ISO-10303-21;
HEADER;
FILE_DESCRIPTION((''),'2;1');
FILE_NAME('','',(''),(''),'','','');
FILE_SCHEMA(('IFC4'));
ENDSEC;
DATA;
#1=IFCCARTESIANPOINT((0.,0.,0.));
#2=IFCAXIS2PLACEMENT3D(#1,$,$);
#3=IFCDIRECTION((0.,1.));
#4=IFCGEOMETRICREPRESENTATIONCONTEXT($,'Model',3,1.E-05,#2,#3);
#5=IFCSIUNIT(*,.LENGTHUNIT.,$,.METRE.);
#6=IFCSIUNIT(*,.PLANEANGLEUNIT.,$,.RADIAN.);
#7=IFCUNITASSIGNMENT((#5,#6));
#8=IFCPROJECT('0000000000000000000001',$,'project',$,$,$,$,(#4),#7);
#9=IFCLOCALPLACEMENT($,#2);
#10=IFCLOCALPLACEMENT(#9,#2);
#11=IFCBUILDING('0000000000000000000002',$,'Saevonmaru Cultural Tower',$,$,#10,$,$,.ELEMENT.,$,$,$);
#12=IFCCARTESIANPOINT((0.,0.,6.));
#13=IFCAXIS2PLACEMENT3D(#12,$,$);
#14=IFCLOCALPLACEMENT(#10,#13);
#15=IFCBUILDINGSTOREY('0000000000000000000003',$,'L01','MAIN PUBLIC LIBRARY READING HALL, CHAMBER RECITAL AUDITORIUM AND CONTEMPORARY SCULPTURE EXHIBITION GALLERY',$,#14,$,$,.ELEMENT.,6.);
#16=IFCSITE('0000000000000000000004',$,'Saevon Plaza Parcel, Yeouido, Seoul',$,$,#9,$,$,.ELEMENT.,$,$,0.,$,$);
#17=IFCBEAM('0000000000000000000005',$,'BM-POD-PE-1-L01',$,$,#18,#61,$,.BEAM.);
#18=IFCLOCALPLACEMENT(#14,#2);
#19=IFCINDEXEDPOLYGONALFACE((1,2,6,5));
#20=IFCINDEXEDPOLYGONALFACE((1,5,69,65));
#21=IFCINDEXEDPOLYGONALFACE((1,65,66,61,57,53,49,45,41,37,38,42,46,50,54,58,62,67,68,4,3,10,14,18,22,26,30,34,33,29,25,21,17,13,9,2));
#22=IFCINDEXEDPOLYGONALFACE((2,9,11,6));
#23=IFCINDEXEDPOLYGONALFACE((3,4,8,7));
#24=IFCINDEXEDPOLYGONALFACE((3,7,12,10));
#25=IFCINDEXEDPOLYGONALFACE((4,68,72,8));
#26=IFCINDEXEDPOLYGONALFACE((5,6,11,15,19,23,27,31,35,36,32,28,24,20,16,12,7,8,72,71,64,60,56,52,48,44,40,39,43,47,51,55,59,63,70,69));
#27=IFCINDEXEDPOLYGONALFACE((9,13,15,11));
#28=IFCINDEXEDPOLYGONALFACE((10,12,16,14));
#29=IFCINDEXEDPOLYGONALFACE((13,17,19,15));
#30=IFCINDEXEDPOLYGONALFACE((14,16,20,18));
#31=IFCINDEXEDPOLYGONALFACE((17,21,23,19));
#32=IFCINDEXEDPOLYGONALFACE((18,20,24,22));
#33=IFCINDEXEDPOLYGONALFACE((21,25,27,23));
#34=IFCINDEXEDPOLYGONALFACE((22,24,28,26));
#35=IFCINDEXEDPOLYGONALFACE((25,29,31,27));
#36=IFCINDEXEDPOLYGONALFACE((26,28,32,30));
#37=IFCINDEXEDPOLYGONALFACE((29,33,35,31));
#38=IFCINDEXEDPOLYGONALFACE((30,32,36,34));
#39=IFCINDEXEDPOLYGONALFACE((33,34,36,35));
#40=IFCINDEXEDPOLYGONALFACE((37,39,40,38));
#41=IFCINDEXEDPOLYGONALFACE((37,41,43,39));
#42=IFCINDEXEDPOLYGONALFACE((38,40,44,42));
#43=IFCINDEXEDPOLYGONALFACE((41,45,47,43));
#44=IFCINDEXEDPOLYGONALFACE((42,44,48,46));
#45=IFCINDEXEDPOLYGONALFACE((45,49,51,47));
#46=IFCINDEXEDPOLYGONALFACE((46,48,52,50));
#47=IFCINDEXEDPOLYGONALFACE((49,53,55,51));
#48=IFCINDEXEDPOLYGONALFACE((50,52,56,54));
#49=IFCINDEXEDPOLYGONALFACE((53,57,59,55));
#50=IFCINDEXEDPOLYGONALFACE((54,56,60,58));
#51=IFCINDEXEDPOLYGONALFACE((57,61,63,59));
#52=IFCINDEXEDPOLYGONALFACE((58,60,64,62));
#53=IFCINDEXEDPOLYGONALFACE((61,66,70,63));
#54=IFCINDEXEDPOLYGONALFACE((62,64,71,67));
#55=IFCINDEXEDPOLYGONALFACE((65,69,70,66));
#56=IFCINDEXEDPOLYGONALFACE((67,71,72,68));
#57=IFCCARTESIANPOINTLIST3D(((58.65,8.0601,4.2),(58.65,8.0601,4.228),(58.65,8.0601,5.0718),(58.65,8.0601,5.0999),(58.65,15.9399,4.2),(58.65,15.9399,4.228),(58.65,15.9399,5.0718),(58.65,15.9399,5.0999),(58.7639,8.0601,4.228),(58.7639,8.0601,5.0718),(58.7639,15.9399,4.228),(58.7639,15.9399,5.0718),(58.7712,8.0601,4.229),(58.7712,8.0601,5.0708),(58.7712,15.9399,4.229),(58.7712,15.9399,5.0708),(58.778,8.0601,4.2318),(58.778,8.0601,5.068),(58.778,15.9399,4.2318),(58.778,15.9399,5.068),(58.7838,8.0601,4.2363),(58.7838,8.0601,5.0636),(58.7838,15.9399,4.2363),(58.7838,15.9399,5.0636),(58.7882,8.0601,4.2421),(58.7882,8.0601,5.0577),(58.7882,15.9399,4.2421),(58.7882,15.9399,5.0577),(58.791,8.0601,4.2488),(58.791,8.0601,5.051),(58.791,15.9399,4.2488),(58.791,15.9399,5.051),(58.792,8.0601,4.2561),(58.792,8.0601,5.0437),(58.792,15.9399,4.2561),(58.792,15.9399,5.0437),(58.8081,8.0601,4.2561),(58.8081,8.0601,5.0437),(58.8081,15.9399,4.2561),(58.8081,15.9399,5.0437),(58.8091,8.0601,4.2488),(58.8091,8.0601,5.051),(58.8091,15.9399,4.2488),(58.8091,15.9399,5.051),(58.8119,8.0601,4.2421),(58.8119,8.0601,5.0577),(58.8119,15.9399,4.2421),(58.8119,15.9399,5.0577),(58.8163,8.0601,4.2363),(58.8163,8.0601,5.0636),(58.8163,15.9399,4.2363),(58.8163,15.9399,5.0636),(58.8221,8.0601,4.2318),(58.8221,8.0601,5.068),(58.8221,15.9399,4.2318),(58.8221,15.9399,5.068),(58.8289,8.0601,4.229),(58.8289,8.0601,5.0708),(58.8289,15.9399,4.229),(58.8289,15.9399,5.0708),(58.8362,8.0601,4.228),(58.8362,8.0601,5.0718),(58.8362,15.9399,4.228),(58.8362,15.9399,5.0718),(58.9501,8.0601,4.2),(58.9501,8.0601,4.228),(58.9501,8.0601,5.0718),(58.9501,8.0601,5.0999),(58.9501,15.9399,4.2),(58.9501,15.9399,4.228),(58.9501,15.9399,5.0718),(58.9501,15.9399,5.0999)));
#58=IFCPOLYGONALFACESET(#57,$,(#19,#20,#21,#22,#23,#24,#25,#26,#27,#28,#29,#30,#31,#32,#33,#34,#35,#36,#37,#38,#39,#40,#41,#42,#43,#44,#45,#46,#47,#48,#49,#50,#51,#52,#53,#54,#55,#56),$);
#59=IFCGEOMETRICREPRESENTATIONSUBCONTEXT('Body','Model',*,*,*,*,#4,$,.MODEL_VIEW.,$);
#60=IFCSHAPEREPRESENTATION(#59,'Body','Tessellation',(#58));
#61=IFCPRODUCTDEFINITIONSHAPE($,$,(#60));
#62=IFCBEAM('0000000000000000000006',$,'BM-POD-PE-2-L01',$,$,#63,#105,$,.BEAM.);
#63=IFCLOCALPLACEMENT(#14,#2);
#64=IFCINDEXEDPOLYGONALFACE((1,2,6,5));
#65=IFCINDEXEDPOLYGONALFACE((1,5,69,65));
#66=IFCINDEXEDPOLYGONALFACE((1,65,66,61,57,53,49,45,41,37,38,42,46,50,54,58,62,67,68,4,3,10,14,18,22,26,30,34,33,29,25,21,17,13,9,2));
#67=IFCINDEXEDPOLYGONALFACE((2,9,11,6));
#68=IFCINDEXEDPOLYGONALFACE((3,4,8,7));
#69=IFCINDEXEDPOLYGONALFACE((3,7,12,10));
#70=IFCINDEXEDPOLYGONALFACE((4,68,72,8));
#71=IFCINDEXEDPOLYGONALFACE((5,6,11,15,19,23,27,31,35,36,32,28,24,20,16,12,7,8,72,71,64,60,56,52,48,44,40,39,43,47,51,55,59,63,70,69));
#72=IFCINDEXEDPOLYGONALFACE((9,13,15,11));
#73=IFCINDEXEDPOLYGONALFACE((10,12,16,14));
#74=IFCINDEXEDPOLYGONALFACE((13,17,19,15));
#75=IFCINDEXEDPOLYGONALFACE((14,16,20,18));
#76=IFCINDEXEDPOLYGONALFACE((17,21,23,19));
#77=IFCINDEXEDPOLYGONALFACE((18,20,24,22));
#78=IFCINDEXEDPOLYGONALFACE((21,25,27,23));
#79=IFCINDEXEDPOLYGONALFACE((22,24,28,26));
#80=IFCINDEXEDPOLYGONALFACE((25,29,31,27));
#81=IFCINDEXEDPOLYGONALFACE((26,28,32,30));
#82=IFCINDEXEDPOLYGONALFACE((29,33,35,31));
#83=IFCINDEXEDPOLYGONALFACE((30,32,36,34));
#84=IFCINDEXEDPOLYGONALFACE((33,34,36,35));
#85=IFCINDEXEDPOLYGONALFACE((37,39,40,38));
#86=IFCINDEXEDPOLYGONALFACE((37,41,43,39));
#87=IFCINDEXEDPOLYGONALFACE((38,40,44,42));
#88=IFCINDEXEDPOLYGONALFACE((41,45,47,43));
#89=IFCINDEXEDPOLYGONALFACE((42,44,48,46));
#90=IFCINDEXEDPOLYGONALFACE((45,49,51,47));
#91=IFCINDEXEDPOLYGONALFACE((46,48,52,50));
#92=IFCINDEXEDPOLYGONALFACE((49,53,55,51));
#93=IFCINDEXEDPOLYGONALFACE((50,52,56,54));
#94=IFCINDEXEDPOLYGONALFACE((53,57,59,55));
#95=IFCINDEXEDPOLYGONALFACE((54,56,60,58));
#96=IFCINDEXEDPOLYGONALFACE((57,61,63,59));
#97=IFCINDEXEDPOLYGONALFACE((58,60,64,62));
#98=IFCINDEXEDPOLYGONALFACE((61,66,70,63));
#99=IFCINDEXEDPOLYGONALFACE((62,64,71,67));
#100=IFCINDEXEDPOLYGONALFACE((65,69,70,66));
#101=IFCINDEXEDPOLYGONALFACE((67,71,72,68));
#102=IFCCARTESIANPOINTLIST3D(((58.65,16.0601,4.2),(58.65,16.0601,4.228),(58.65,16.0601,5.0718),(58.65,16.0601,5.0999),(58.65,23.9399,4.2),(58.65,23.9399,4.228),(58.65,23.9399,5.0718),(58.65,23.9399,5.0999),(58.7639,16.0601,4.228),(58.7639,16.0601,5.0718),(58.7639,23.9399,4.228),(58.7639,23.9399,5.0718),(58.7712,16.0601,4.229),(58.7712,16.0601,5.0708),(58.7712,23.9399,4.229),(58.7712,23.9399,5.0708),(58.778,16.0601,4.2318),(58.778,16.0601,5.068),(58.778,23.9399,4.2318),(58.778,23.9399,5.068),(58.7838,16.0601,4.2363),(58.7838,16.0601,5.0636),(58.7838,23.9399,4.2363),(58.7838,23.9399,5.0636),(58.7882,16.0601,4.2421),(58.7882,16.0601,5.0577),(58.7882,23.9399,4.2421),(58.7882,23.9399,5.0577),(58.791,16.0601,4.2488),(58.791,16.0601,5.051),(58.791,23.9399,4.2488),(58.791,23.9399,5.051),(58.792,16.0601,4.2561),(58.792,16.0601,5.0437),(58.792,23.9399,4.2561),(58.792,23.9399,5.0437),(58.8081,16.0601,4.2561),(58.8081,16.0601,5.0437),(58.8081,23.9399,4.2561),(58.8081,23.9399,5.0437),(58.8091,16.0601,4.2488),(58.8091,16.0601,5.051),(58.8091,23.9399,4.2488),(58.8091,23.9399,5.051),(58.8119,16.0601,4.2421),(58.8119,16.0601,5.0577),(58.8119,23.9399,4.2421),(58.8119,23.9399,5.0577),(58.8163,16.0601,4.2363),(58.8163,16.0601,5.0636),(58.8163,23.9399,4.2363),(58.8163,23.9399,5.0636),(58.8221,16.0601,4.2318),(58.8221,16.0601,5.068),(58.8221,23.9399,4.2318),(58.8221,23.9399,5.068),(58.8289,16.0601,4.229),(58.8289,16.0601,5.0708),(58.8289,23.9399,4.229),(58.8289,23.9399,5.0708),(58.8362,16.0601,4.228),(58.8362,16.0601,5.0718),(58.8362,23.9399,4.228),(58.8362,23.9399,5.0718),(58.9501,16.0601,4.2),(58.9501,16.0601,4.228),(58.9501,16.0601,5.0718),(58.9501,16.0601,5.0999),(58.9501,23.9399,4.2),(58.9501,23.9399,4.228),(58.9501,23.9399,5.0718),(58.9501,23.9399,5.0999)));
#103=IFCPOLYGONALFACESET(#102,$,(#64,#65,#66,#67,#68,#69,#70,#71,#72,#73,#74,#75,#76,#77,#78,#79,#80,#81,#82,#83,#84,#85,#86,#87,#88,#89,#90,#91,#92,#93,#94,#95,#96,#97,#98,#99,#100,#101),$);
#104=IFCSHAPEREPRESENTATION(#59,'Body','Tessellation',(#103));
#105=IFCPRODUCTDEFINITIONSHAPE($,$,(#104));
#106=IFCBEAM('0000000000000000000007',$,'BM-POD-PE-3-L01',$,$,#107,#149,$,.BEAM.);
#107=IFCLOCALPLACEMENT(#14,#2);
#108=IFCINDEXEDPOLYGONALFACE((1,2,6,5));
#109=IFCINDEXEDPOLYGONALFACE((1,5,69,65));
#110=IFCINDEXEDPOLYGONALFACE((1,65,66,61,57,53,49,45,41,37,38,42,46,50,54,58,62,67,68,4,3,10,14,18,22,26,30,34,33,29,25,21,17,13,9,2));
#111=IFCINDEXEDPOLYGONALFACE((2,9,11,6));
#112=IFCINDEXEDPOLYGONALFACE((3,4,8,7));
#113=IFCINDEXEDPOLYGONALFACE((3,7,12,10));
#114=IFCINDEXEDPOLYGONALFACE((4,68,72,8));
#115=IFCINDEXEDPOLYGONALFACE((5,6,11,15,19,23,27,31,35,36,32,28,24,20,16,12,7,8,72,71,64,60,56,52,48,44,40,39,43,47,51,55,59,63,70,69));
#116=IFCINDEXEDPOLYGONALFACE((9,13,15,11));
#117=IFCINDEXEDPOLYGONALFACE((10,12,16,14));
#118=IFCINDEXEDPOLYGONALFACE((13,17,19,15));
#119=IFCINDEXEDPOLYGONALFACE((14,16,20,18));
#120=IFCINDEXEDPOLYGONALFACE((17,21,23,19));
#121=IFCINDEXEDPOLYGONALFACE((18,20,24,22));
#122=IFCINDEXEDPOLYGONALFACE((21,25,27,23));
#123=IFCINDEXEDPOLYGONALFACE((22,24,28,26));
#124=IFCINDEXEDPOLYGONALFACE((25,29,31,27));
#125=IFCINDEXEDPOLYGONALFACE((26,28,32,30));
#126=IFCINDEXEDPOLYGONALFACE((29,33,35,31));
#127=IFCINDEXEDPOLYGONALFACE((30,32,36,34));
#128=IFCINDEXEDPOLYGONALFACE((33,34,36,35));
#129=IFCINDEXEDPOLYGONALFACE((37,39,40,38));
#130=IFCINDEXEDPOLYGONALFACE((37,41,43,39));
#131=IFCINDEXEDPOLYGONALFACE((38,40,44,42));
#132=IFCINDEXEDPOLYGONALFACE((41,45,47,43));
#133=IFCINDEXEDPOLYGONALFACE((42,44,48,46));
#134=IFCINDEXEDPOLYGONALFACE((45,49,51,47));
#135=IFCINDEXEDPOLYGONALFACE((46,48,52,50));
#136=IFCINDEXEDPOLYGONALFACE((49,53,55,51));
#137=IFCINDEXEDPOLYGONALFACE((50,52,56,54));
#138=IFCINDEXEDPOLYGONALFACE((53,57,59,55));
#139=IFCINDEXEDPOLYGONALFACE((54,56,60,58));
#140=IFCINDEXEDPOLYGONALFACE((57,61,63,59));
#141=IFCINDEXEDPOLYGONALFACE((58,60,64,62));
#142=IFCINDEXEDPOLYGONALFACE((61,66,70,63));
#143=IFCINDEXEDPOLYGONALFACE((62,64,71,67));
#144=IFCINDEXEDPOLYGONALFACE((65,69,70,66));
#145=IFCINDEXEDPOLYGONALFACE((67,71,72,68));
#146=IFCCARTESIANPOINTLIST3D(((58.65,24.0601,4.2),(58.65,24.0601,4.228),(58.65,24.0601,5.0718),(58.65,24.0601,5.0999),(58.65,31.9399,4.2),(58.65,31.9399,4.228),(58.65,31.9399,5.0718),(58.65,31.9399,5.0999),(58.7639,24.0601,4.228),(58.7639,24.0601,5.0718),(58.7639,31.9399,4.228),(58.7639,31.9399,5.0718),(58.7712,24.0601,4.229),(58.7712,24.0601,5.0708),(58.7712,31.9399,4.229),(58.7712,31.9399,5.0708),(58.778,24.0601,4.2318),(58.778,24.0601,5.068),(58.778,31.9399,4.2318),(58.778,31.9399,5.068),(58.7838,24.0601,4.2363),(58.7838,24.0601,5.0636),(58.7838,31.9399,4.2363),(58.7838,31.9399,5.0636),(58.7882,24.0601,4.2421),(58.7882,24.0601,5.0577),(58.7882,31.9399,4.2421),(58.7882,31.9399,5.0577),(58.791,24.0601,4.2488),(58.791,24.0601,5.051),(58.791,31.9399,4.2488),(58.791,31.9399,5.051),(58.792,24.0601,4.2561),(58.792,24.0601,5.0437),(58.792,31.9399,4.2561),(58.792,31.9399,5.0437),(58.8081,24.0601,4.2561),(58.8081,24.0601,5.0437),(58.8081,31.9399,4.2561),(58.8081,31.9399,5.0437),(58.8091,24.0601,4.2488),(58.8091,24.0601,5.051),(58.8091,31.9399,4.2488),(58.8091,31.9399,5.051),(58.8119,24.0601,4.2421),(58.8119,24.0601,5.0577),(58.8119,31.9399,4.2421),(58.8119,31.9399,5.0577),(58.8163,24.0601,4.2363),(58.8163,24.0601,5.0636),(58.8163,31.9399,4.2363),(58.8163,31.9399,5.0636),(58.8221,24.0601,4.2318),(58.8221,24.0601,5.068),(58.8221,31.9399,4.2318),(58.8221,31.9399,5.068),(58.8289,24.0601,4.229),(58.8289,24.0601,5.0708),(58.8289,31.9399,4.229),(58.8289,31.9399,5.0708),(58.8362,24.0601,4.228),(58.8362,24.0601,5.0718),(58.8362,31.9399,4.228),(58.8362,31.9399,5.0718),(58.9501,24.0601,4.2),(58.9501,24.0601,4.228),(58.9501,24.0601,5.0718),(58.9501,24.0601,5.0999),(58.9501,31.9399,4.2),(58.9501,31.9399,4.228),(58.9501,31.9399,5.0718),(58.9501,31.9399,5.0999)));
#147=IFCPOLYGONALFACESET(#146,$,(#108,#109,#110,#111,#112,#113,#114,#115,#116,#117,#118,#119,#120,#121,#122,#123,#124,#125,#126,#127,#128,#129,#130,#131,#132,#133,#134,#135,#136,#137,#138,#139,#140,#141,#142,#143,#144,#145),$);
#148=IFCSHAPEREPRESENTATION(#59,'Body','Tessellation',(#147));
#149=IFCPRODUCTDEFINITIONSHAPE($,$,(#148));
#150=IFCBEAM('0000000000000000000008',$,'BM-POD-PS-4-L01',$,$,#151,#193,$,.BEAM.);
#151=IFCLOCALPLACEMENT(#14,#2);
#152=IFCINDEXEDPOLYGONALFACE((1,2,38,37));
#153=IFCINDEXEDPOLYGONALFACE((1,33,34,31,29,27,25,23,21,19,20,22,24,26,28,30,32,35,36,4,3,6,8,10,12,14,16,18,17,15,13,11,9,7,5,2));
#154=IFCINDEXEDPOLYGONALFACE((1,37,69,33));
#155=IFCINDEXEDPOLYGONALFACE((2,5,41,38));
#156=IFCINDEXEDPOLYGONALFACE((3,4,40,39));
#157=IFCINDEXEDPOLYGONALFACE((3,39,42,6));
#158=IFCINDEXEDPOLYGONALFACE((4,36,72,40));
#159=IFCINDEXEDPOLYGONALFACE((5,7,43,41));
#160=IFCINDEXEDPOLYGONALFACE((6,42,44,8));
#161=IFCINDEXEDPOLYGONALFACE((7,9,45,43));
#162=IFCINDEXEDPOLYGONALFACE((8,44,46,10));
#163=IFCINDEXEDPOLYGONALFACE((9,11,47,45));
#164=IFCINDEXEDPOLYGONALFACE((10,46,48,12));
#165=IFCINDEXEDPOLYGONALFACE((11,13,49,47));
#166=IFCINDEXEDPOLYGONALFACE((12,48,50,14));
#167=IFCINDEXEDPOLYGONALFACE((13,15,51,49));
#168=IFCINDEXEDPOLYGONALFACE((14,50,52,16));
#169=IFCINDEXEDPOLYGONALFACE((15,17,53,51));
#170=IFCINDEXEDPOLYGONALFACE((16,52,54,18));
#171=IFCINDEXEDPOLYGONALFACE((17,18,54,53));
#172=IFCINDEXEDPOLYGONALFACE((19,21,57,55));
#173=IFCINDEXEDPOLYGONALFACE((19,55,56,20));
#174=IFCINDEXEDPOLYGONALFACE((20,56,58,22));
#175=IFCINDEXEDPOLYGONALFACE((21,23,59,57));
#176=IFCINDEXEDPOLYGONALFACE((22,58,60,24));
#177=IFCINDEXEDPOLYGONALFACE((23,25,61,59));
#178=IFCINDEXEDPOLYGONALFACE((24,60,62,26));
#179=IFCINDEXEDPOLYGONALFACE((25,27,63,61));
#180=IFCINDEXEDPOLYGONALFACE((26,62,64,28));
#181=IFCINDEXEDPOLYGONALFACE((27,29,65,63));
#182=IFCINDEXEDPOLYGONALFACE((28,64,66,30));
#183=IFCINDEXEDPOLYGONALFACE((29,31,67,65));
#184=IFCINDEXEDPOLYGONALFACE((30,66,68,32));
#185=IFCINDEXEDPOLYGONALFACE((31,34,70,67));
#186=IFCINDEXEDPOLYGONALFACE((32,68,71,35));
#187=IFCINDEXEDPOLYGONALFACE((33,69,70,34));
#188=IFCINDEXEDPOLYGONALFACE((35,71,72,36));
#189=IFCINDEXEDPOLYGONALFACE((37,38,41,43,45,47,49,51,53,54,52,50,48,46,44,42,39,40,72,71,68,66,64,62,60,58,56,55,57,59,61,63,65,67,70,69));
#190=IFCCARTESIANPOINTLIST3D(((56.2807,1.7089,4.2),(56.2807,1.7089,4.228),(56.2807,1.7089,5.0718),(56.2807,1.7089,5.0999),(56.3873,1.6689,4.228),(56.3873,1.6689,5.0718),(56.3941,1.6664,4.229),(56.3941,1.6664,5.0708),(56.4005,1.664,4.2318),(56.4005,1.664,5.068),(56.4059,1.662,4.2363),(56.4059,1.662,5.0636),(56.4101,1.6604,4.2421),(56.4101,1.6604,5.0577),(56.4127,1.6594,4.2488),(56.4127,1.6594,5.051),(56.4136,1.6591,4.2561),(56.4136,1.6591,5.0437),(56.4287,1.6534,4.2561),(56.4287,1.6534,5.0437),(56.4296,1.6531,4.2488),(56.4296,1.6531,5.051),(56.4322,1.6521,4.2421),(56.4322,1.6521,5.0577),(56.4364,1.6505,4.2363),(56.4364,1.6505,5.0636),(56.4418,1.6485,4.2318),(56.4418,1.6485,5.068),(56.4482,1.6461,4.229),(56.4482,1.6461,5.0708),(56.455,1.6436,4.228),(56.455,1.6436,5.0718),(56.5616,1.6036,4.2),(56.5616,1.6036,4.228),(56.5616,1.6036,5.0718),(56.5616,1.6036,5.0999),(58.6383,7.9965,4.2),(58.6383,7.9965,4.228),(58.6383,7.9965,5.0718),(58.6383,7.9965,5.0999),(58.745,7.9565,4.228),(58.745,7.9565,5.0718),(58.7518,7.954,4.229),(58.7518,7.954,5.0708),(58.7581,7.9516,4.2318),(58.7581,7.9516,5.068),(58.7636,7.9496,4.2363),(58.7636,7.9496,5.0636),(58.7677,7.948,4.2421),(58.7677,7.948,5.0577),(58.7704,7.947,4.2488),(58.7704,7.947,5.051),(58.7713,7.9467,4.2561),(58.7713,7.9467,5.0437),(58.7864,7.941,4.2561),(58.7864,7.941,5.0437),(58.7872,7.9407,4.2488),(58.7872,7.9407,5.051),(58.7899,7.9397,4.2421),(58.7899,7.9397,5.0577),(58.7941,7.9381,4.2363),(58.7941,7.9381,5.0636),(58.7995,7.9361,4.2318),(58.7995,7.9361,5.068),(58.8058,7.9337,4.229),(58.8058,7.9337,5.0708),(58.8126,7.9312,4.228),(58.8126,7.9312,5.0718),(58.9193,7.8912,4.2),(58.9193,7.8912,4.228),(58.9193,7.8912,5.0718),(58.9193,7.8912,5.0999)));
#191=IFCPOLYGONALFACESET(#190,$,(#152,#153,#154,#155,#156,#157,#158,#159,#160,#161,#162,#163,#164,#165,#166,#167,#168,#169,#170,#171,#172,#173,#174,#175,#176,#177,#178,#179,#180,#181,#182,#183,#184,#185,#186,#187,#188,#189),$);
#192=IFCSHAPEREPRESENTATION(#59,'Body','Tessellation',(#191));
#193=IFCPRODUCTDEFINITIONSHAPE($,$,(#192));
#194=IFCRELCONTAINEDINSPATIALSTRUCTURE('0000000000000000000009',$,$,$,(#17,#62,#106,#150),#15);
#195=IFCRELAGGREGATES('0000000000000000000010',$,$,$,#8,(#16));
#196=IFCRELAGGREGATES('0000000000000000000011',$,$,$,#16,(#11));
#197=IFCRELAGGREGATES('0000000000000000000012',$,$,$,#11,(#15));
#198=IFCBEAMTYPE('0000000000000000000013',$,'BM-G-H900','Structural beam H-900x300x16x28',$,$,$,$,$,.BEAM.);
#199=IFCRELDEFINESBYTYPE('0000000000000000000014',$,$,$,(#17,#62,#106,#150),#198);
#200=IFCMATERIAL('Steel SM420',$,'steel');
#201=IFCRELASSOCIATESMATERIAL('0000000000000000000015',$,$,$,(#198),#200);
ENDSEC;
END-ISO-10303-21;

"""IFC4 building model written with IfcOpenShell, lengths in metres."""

from ifc_helpers import new_model, si_unit, direction, frame, origin, origin_2d, place, context, subcontext, project, spatial, i_section, extrude, material, material_profile, profile_set, type_object, element, save


model = new_model("IFC4")

# Units and contexts
model_context = context("Model", 3, precision=1e-05, world=origin(), true_north=direction((0.0, 1.0)))
body_context = subcontext(model_context, "Body", "Model", "MODEL_VIEW")
ifc_project = project(units=[si_unit("LENGTHUNIT", "METRE"), si_unit("PLANEANGLEUNIT", "RADIAN")], contexts=[model_context])

# Site, building, storey
site_placement = place(None, origin())
site = spatial("IfcSite", under=ifc_project, at=site_placement, Name="Saevon Plaza Parcel, Yeouido, Seoul", CompositionType="ELEMENT", RefElevation=0.0)
building_placement = place(site_placement, origin())
building = spatial("IfcBuilding", under=site, at=building_placement, Name="Saevonmaru Cultural Tower", CompositionType="ELEMENT")
storey_placement = place(building_placement, frame((0.0, 0.0, 6.0)))
storey = spatial("IfcBuildingStorey", under=building, at=storey_placement, Name="L01", Description="MAIN PUBLIC LIBRARY READING HALL, CHAMBER RECITAL AUDITORIUM AND CONTEMPORARY SCULPTURE EXHIBITION GALLERY", CompositionType="ELEMENT", Elevation=6.0)

# Shared definitions
ifc_material_1 = material(Name="Steel SM420", Category="steel")

# Beams
ifc_material_profile_1 = material_profile(ifc_material_1, i_section(OverallWidth=0.3, OverallDepth=0.8999, WebThickness=0.0161, FlangeThickness=0.0281, FilletRadius=0.0281, at=origin_2d()), Name="H-900x300x16x28")
ifc_profile_set_1 = profile_set([ifc_material_profile_1], Name="Steel SM420")
beam_type = type_object("IfcBeamType", Name="BM-G-H900", Description="Structural beam H-900x300x16x28", PredefinedType="BEAM", material=ifc_profile_set_1)
for number, where, z_axis, x_axis, name in (
    (1, (58.8, 8.0601, 4.6499), (0.0, 1.0, 0.0), (-1.0, 0.0, 0.0), "BM-POD-PE-1-L01"),
    (2, (58.8, 16.0601, 4.6499), (0.0, 1.0, 0.0), (-1.0, 0.0, 0.0), "BM-POD-PE-2-L01"),
    (3, (58.8, 24.0601, 4.6499), (0.0, 1.0, 0.0), (-1.0, 0.0, 0.0), "BM-POD-PE-3-L01"),
):
    element("IfcBeam", number, at=place(storey_placement, frame(where, z_axis=z_axis, x_axis=x_axis)), inside=storey, type_object=beam_type, Name=name, PredefinedType="BEAM", context=body_context, shape_type="SweptSolid", body=[
        extrude(i_section(OverallWidth=0.3, OverallDepth=0.8999, WebThickness=0.0161, FlangeThickness=0.0281, FilletRadius=0.0281, at=origin_2d()), origin(), (0.0, 0.0, 1.0), 7.8799),
    ])
beam_placement = place(storey_placement, frame((56.4211, 1.6562, 4.6499), z_axis=(0.3511, 0.936338, 0.0), x_axis=(-0.936338, 0.3511, 0.0)))
element("IfcBeam", 4, at=beam_placement, inside=storey, type_object=beam_type, Name="BM-POD-PS-4-L01", PredefinedType="BEAM", context=body_context, shape_type="SweptSolid", body=[
    extrude(i_section(OverallWidth=0.3, OverallDepth=0.8999, WebThickness=0.0161, FlangeThickness=0.0281, FilletRadius=0.0281, at=origin_2d()), origin(), (0.0, 0.0, 1.0), 6.7151),
])

save(model, "model.ifc")
